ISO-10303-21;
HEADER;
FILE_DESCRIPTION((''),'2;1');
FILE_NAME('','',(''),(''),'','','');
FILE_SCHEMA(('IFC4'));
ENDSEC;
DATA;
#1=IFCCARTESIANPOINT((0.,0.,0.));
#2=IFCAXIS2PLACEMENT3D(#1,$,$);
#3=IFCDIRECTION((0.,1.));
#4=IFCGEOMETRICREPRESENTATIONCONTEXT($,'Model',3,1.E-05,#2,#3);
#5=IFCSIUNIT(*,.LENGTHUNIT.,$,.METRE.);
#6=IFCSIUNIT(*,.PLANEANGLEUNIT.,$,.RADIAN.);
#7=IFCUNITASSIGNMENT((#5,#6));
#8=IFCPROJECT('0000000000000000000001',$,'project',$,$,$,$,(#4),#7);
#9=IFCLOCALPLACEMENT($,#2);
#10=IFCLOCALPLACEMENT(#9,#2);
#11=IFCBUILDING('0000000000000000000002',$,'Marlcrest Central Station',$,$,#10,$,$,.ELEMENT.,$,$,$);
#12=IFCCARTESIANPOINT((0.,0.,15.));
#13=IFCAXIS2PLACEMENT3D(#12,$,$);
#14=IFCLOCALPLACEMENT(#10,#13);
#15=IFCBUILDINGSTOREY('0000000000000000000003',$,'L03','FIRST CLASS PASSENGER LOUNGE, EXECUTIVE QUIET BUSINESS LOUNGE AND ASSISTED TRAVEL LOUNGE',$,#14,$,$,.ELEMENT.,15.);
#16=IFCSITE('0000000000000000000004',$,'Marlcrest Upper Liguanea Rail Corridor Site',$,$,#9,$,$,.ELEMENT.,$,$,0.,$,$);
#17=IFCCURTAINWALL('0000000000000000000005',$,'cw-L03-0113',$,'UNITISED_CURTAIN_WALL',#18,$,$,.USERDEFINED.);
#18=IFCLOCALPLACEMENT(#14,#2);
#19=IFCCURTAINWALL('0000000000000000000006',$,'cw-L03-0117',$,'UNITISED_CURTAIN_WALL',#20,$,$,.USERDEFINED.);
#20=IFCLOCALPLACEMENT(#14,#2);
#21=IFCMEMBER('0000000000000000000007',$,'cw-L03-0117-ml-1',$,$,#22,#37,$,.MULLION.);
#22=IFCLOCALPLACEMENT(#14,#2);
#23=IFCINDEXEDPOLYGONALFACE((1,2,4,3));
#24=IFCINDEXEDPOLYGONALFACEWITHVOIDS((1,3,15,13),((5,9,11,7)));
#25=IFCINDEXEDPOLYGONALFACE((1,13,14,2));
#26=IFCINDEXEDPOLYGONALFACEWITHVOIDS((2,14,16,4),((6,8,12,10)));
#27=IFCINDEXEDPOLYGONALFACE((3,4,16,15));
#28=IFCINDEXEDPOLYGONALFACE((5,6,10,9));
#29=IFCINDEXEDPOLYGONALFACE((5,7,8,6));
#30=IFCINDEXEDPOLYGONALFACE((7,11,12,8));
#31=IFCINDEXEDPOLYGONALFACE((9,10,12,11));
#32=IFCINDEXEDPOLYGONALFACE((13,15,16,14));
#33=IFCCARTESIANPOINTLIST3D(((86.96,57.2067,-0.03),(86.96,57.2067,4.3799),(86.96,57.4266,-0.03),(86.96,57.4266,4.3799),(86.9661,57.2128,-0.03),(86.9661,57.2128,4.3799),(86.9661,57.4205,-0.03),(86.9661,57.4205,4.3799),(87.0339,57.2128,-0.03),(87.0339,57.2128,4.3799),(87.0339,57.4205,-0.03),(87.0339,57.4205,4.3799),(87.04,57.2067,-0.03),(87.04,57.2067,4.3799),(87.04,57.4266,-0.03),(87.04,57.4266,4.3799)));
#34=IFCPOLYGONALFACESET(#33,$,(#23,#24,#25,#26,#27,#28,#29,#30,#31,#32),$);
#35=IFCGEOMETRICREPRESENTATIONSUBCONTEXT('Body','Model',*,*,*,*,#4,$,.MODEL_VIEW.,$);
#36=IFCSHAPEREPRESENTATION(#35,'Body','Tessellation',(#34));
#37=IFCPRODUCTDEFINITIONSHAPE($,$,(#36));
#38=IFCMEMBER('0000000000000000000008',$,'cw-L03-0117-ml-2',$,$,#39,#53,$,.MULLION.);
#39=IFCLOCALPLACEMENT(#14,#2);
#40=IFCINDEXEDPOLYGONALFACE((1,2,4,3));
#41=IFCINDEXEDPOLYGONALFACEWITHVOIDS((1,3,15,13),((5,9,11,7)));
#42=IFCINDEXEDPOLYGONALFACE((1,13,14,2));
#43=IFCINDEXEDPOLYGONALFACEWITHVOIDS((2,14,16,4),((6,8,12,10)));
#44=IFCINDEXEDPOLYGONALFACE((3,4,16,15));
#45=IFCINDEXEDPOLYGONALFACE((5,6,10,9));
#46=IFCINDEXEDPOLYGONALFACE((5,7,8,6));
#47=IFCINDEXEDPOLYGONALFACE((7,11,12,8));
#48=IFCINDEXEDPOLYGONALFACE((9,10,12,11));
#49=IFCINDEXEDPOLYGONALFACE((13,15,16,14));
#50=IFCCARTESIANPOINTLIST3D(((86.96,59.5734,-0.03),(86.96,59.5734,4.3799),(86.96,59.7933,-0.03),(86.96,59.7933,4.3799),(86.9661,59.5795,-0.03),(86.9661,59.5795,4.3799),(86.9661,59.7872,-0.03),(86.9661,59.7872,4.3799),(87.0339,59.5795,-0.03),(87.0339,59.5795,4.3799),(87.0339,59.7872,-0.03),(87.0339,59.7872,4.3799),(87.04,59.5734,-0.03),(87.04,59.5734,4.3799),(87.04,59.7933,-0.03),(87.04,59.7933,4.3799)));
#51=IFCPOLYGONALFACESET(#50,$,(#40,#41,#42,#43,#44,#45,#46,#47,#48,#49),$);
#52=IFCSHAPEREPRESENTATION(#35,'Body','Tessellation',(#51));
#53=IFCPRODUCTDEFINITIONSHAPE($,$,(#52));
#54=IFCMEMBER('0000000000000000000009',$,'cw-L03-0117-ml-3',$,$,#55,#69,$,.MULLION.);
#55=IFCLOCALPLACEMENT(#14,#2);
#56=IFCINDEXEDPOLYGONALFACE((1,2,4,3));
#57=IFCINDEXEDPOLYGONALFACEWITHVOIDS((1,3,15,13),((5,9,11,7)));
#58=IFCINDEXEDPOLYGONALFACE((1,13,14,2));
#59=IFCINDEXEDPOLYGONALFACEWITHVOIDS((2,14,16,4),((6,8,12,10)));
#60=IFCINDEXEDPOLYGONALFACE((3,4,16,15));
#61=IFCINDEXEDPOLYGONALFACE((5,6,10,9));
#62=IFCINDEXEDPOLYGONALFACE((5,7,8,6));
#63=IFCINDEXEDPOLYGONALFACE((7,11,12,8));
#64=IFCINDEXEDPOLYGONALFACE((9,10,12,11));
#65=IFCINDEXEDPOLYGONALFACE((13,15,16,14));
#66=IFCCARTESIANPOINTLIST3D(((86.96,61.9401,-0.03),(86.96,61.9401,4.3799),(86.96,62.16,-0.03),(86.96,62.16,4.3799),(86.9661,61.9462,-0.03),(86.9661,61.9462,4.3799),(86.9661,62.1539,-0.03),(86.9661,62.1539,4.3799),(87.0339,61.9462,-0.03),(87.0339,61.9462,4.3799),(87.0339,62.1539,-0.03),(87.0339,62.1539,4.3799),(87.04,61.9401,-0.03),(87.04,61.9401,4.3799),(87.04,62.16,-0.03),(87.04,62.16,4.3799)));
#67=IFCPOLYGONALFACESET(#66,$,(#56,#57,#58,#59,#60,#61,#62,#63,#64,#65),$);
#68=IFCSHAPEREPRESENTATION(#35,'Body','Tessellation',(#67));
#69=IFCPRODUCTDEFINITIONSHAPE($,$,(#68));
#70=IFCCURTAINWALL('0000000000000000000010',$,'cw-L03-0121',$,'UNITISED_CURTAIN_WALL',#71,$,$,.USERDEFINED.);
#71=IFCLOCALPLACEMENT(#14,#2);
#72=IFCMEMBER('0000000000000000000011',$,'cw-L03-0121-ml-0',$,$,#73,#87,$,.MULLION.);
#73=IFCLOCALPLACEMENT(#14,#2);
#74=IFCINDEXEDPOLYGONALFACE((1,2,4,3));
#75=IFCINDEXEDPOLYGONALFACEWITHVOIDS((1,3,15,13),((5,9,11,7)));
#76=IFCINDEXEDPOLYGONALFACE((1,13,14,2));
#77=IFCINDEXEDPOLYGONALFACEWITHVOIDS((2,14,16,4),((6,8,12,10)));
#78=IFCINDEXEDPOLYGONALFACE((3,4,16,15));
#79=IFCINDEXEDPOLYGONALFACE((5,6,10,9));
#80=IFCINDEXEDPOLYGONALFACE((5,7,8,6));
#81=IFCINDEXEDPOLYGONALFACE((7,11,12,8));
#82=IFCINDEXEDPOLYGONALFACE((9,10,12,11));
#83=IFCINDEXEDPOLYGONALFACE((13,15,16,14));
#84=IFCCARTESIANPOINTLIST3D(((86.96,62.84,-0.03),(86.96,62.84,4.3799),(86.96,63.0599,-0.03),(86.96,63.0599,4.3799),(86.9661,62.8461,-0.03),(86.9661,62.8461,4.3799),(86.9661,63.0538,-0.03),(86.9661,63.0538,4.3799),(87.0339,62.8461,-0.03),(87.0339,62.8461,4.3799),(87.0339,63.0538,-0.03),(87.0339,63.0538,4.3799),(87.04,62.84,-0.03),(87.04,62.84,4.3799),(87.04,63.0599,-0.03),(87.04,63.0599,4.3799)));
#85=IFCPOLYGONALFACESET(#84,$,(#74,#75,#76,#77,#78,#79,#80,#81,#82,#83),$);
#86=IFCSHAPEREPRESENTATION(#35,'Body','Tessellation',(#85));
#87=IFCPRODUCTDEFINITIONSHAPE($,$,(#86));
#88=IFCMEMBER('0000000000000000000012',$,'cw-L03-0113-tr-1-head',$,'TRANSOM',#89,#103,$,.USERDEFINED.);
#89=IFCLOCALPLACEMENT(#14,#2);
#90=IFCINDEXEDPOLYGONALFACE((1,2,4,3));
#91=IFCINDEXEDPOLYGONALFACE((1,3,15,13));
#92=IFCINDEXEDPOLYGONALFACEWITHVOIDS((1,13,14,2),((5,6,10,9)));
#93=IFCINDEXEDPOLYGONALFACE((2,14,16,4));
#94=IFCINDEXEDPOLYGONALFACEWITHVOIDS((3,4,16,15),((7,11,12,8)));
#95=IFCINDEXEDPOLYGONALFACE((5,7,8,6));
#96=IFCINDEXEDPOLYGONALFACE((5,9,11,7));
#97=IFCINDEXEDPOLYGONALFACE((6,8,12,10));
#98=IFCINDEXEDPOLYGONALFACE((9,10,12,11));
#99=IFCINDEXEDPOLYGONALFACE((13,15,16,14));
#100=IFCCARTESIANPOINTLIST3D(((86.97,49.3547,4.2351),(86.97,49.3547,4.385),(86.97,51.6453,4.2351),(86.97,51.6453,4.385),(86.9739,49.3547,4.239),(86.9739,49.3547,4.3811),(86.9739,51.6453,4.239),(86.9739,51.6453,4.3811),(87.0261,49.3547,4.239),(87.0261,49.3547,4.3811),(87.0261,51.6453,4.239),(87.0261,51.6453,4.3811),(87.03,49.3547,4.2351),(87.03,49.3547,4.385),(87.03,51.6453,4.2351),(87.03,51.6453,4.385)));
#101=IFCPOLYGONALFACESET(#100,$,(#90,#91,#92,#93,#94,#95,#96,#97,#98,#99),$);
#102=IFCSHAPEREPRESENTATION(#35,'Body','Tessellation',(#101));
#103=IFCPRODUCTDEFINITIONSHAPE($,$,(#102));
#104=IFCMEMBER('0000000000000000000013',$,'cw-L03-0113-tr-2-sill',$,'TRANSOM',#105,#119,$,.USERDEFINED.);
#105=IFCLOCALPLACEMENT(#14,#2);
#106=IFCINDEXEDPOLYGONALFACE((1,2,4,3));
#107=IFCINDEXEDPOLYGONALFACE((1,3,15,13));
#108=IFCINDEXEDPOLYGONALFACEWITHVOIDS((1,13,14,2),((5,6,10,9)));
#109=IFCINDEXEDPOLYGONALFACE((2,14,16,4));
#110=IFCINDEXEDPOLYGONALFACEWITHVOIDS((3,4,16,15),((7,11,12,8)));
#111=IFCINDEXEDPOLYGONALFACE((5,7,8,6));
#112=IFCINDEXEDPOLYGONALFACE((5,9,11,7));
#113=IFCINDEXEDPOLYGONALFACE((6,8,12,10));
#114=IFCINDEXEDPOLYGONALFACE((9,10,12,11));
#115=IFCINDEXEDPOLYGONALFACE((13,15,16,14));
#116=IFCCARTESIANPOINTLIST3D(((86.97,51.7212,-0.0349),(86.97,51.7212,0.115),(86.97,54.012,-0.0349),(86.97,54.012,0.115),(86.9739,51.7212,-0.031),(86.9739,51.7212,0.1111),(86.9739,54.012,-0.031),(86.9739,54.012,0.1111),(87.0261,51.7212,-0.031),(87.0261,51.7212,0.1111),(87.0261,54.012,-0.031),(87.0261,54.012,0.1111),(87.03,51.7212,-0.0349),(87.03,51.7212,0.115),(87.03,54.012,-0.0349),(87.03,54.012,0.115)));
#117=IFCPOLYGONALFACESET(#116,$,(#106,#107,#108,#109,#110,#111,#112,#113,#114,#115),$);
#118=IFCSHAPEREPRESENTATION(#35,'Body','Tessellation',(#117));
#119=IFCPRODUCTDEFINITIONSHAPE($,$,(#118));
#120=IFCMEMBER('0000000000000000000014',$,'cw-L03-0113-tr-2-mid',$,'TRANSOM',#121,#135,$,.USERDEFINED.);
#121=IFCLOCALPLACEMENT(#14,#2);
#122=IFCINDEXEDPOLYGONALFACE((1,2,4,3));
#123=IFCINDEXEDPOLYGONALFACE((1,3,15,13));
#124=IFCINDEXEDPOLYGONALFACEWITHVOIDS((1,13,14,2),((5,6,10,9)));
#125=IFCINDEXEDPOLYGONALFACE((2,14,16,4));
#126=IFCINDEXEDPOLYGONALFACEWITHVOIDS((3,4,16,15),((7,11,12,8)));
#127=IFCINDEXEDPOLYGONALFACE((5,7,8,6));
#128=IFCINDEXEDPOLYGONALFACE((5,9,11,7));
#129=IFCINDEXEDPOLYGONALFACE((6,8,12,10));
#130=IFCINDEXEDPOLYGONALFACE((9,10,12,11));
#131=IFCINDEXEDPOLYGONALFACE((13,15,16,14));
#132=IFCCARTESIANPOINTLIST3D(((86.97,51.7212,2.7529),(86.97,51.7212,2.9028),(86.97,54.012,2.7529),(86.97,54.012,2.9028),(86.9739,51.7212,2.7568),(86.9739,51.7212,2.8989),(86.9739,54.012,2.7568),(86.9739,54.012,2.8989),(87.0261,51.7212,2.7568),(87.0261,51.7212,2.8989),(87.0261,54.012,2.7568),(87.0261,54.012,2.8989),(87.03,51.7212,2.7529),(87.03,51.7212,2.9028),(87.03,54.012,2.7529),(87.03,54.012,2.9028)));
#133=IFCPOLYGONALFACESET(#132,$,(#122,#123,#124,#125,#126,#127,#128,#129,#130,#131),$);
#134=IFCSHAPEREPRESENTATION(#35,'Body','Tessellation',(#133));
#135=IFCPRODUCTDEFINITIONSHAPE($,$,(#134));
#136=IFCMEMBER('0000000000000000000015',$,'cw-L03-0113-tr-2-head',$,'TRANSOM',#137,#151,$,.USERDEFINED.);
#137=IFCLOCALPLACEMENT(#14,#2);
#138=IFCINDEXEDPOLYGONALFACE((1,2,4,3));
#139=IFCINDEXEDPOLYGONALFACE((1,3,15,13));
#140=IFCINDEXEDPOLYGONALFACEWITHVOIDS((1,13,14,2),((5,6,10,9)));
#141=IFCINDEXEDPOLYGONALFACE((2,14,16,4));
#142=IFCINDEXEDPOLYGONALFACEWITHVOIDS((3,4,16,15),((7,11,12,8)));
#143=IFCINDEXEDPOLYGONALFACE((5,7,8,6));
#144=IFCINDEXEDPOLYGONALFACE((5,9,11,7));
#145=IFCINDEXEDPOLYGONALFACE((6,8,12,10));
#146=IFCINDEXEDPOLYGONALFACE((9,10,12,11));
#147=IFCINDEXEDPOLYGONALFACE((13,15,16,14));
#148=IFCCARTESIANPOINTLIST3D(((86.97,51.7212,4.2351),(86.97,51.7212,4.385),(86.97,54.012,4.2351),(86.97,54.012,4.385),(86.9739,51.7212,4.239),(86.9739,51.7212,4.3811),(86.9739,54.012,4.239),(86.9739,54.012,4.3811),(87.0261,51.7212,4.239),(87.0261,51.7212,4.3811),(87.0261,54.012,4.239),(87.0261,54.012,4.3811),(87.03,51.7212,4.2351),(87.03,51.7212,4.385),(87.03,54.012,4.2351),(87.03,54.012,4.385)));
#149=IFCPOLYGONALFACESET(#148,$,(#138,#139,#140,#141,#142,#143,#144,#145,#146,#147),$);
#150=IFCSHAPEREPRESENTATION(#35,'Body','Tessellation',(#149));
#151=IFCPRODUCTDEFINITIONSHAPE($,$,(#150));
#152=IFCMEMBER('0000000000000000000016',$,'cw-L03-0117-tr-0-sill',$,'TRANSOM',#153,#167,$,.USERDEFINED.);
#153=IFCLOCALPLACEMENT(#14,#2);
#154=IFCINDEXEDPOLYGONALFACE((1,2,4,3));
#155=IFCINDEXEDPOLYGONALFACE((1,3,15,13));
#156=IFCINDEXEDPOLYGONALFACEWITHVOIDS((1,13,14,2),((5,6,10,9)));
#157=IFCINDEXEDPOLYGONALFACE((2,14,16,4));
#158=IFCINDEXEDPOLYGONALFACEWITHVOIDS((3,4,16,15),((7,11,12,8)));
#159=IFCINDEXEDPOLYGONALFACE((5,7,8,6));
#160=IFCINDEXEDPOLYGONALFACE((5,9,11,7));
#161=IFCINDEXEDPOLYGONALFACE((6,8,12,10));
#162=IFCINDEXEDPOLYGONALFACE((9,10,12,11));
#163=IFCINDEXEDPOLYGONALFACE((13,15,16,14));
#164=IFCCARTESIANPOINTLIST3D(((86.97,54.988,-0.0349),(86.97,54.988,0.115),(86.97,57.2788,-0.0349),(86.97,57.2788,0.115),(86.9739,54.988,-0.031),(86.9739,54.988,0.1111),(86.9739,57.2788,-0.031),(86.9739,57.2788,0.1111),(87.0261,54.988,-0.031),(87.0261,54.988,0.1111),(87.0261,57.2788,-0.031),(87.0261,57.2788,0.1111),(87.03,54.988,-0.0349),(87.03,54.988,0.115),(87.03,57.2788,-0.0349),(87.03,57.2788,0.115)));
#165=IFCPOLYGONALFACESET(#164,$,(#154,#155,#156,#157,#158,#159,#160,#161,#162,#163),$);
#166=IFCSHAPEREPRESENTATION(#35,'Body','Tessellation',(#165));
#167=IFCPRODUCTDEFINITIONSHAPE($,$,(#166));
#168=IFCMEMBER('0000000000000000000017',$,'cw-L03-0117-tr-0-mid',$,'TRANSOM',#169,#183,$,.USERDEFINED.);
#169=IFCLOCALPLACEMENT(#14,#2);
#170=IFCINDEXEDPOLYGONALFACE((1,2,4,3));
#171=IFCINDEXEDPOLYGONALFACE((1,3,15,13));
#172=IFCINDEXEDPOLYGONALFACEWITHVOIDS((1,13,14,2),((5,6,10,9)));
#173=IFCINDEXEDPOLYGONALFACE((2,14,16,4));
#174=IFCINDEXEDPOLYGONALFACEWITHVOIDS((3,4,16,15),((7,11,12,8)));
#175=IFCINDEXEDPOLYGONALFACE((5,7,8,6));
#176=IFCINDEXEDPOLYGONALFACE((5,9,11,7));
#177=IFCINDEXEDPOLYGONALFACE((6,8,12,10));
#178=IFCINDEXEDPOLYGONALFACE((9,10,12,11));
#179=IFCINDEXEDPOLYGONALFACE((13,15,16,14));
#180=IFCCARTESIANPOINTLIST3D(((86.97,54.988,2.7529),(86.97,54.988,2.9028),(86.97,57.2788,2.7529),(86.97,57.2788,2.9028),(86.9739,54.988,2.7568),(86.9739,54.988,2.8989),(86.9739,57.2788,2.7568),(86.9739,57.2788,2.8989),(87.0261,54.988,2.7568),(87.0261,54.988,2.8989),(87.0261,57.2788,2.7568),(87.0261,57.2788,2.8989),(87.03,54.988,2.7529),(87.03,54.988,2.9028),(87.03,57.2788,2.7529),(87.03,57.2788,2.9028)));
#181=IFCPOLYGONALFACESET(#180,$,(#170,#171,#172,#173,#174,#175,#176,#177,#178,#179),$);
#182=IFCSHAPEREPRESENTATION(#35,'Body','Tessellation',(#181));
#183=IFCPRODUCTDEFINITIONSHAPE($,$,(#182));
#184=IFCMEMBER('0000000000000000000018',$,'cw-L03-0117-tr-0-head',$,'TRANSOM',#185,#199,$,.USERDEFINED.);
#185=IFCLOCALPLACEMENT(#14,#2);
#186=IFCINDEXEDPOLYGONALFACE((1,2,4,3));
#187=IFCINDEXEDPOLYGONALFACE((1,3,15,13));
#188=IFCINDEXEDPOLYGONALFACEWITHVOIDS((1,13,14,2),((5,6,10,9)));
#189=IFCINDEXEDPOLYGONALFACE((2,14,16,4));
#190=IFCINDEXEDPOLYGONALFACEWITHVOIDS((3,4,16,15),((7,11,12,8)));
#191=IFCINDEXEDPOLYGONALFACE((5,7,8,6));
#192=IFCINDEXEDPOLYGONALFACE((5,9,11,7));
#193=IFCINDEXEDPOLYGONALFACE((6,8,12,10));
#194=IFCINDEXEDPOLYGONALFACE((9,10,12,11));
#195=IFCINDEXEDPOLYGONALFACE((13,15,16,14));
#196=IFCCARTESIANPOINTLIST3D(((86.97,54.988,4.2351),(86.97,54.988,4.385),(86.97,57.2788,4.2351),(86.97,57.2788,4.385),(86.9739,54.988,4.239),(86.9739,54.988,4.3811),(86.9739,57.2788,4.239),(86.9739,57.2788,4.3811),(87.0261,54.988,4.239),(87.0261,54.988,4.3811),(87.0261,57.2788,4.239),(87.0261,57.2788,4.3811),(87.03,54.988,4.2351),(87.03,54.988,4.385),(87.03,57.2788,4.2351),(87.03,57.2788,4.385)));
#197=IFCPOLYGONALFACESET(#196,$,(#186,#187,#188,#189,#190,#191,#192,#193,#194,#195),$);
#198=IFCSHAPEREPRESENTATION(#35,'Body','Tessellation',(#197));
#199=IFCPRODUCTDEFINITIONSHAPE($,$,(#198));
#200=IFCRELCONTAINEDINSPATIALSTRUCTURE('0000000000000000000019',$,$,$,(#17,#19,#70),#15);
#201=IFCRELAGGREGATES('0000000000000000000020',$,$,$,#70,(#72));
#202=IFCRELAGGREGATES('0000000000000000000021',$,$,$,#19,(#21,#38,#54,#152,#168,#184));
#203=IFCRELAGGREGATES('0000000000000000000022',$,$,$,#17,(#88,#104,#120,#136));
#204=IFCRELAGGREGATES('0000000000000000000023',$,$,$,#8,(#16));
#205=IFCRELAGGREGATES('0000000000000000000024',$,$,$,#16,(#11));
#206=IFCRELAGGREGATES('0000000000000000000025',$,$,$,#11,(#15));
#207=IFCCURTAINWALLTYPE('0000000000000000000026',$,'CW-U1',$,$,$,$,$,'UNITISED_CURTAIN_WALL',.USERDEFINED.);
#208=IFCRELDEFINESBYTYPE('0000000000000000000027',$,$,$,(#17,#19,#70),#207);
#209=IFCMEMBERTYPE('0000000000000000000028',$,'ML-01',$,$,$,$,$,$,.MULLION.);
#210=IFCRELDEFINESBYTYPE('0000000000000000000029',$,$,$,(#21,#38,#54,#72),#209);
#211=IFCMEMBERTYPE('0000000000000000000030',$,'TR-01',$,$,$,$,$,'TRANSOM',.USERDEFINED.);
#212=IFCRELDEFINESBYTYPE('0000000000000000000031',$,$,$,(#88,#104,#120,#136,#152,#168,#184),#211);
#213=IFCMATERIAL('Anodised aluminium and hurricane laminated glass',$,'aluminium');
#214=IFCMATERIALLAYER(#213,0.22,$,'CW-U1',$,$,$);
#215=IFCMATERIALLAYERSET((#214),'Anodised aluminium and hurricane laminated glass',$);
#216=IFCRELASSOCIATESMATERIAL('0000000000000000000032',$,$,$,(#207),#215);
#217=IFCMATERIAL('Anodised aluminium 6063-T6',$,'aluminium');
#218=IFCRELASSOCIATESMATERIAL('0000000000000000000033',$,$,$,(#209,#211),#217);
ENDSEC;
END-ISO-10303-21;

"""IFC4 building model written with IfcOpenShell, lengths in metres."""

from ifc_helpers import new_model, si_unit, direction, frame, origin, origin_2d, place, context, subcontext, project, spatial, hollow_rectangle, extrude, material, layer, layer_set, material_profile, profile_set, type_object, element, aggregate, save


model = new_model("IFC4")

# Units and contexts
model_context = context("Model", 3, precision=1e-05, world=origin(), true_north=direction((0.0, 1.0)))
body_context = subcontext(model_context, "Body", "Model", "MODEL_VIEW")
ifc_project = project(units=[si_unit("LENGTHUNIT", "METRE"), si_unit("PLANEANGLEUNIT", "RADIAN")], contexts=[model_context])

# Site, building, storey
site_placement = place(None, origin())
site = spatial("IfcSite", under=ifc_project, at=site_placement, Name="Marlcrest Upper Liguanea Rail Corridor Site", CompositionType="ELEMENT", RefElevation=0.0)
building_placement = place(site_placement, origin())
building = spatial("IfcBuilding", under=site, at=building_placement, Name="Marlcrest Central Station", CompositionType="ELEMENT")
storey_placement = place(building_placement, frame((0.0, 0.0, 15.0)))
storey = spatial("IfcBuildingStorey", under=building, at=storey_placement, Name="L03", Description="FIRST CLASS PASSENGER LOUNGE, EXECUTIVE QUIET BUSINESS LOUNGE AND ASSISTED TRAVEL LOUNGE", CompositionType="ELEMENT", Elevation=15.0)

# Curtain walls, members
ifc_material_1 = material(Name="Anodised aluminium and hurricane laminated glass", Category="aluminium")
ifc_layer_1 = layer(ifc_material_1, 0.22, Name="CW-U1")
ifc_layer_set_1 = layer_set([ifc_layer_1], Name="Anodised aluminium and hurricane laminated glass")
curtain_wall_type = type_object("IfcCurtainWallType", Name="CW-U1", ElementType="UNITISED_CURTAIN_WALL", PredefinedType="USERDEFINED", material=ifc_layer_set_1)
curtain_wall_1_placement = place(storey_placement, origin())
curtain_wall_1 = element("IfcCurtainWall", 1, at=curtain_wall_1_placement, inside=storey, type_object=curtain_wall_type, Name="cw-L03-0113", ObjectType="UNITISED_CURTAIN_WALL", PredefinedType="USERDEFINED")
ifc_material_2 = material(Name="Anodised aluminium 6063-T6", Category="aluminium")
ifc_material_profile_1 = material_profile(ifc_material_2, hollow_rectangle(XDim=0.0801, YDim=0.22, WallThickness=0.0061, at=origin_2d()), Name="AA-RHS 220x80x6")
ifc_profile_set_1 = profile_set([ifc_material_profile_1], Name="Anodised aluminium 6063-T6")
member_type_1 = type_object("IfcMemberType", Name="ML-01", PredefinedType="MULLION", material=ifc_profile_set_1)
curtain_wall_2_placement = place(storey_placement, origin())
curtain_wall_2 = element("IfcCurtainWall", 2, at=curtain_wall_2_placement, inside=storey, type_object=curtain_wall_type, Name="cw-L03-0117", ObjectType="UNITISED_CURTAIN_WALL", PredefinedType="USERDEFINED")
member_1_placement = place(storey_placement, frame((87.0, 57.3167, -0.03), z_axis=(0.0, 0.0, 1.0), x_axis=(1.0, 0.0, 0.0)))
member_1 = element("IfcMember", 3, at=member_1_placement, type_object=member_type_1, Name="cw-L03-0117-ml-1", PredefinedType="MULLION", context=body_context, shape_type="SweptSolid", body=[
    extrude(hollow_rectangle(XDim=0.0801, YDim=0.22, WallThickness=0.0061, at=origin_2d()), origin(), (0.0, 0.0, 1.0), 4.4099),
])
member_2_placement = place(storey_placement, frame((87.0, 59.6833, -0.03), z_axis=(0.0, 0.0, 1.0), x_axis=(1.0, 0.0, 0.0)))
member_2 = element("IfcMember", 4, at=member_2_placement, type_object=member_type_1, Name="cw-L03-0117-ml-2", PredefinedType="MULLION", context=body_context, shape_type="SweptSolid", body=[
    extrude(hollow_rectangle(XDim=0.0801, YDim=0.22, WallThickness=0.0061, at=origin_2d()), origin(), (0.0, 0.0, 1.0), 4.4099),
])
member_3_placement = place(storey_placement, frame((87.0, 62.05, -0.03), z_axis=(0.0, 0.0, 1.0), x_axis=(1.0, 0.0, 0.0)))
member_3 = element("IfcMember", 5, at=member_3_placement, type_object=member_type_1, Name="cw-L03-0117-ml-3", PredefinedType="MULLION", context=body_context, shape_type="SweptSolid", body=[
    extrude(hollow_rectangle(XDim=0.0801, YDim=0.22, WallThickness=0.0061, at=origin_2d()), origin(), (0.0, 0.0, 1.0), 4.4099),
])

# Curtain wall, member
curtain_wall_3_placement = place(storey_placement, origin())
curtain_wall_3 = element("IfcCurtainWall", 6, at=curtain_wall_3_placement, inside=storey, type_object=curtain_wall_type, Name="cw-L03-0121", ObjectType="UNITISED_CURTAIN_WALL", PredefinedType="USERDEFINED")
member_4_placement = place(storey_placement, frame((87.0, 62.95, -0.03), z_axis=(0.0, 0.0, 1.0), x_axis=(1.0, 0.0, 0.0)))
member_4 = element("IfcMember", 7, at=member_4_placement, type_object=member_type_1, Name="cw-L03-0121-ml-0", PredefinedType="MULLION", context=body_context, shape_type="SweptSolid", body=[
    extrude(hollow_rectangle(XDim=0.0801, YDim=0.22, WallThickness=0.0061, at=origin_2d()), origin(), (0.0, 0.0, 1.0), 4.4099),
])

# Members
ifc_material_profile_2 = material_profile(ifc_material_2, hollow_rectangle(XDim=0.0601, YDim=0.1499, WallThickness=0.0039, at=origin_2d()), Name="AA-RHS 150x60x4")
ifc_profile_set_2 = profile_set([ifc_material_profile_2], Name="Anodised aluminium 6063-T6")
member_type_2 = type_object("IfcMemberType", Name="TR-01", ElementType="TRANSOM", PredefinedType="USERDEFINED", material=ifc_profile_set_2)
member_5_placement = place(storey_placement, frame((87.0, 49.3547, 4.3101), z_axis=(0.0, 1.0, 0.0), x_axis=(-1.0, 0.0, 0.0)))
member_5 = element("IfcMember", 8, at=member_5_placement, type_object=member_type_2, Name="cw-L03-0113-tr-1-head", ObjectType="TRANSOM", PredefinedType="USERDEFINED", context=body_context, shape_type="SweptSolid", body=[
    extrude(hollow_rectangle(XDim=0.0601, YDim=0.1499, WallThickness=0.0039, at=origin_2d()), origin(), (0.0, 0.0, 1.0), 2.2905),
])
member_6_placement = place(storey_placement, frame((87.0, 51.7212, 0.04), z_axis=(0.0, 1.0, 0.0), x_axis=(-1.0, 0.0, 0.0)))
member_6 = element("IfcMember", 9, at=member_6_placement, type_object=member_type_2, Name="cw-L03-0113-tr-2-sill", ObjectType="TRANSOM", PredefinedType="USERDEFINED", context=body_context, shape_type="SweptSolid", body=[
    extrude(hollow_rectangle(XDim=0.0601, YDim=0.1499, WallThickness=0.0039, at=origin_2d()), origin(), (0.0, 0.0, 1.0), 2.2908),
])
member_7_placement = place(storey_placement, frame((87.0, 51.7212, 2.8279), z_axis=(0.0, 1.0, 0.0), x_axis=(-1.0, 0.0, 0.0)))
member_7 = element("IfcMember", 10, at=member_7_placement, type_object=member_type_2, Name="cw-L03-0113-tr-2-mid", ObjectType="TRANSOM", PredefinedType="USERDEFINED", context=body_context, shape_type="SweptSolid", body=[
    extrude(hollow_rectangle(XDim=0.0601, YDim=0.1499, WallThickness=0.0039, at=origin_2d()), origin(), (0.0, 0.0, 1.0), 2.2908),
])
member_8_placement = place(storey_placement, frame((87.0, 51.7212, 4.3101), z_axis=(0.0, 1.0, 0.0), x_axis=(-1.0, 0.0, 0.0)))
member_8 = element("IfcMember", 11, at=member_8_placement, type_object=member_type_2, Name="cw-L03-0113-tr-2-head", ObjectType="TRANSOM", PredefinedType="USERDEFINED", context=body_context, shape_type="SweptSolid", body=[
    extrude(hollow_rectangle(XDim=0.0601, YDim=0.1499, WallThickness=0.0039, at=origin_2d()), origin(), (0.0, 0.0, 1.0), 2.2908),
])
member_9_placement = place(storey_placement, frame((87.0, 54.988, 0.04), z_axis=(0.0, 1.0, 0.0), x_axis=(-1.0, 0.0, 0.0)))
member_9 = element("IfcMember", 12, at=member_9_placement, type_object=member_type_2, Name="cw-L03-0117-tr-0-sill", ObjectType="TRANSOM", PredefinedType="USERDEFINED", context=body_context, shape_type="SweptSolid", body=[
    extrude(hollow_rectangle(XDim=0.0601, YDim=0.1499, WallThickness=0.0039, at=origin_2d()), origin(), (0.0, 0.0, 1.0), 2.2908),
])
member_10_placement = place(storey_placement, frame((87.0, 54.988, 2.8279), z_axis=(0.0, 1.0, 0.0), x_axis=(-1.0, 0.0, 0.0)))
member_10 = element("IfcMember", 13, at=member_10_placement, type_object=member_type_2, Name="cw-L03-0117-tr-0-mid", ObjectType="TRANSOM", PredefinedType="USERDEFINED", context=body_context, shape_type="SweptSolid", body=[
    extrude(hollow_rectangle(XDim=0.0601, YDim=0.1499, WallThickness=0.0039, at=origin_2d()), origin(), (0.0, 0.0, 1.0), 2.2908),
])
member_11_placement = place(storey_placement, frame((87.0, 54.988, 4.3101), z_axis=(0.0, 1.0, 0.0), x_axis=(-1.0, 0.0, 0.0)))
member_11 = element("IfcMember", 14, at=member_11_placement, type_object=member_type_2, Name="cw-L03-0117-tr-0-head", ObjectType="TRANSOM", PredefinedType="USERDEFINED", context=body_context, shape_type="SweptSolid", body=[
    extrude(hollow_rectangle(XDim=0.0601, YDim=0.1499, WallThickness=0.0039, at=origin_2d()), origin(), (0.0, 0.0, 1.0), 2.2908),
])

aggregate(curtain_wall_3, [member_4])
aggregate(curtain_wall_2, [member_1, member_2, member_3, member_9, member_10, member_11])
aggregate(curtain_wall_1, [member_5, member_6, member_7, member_8])

save(model, "model.ifc")
